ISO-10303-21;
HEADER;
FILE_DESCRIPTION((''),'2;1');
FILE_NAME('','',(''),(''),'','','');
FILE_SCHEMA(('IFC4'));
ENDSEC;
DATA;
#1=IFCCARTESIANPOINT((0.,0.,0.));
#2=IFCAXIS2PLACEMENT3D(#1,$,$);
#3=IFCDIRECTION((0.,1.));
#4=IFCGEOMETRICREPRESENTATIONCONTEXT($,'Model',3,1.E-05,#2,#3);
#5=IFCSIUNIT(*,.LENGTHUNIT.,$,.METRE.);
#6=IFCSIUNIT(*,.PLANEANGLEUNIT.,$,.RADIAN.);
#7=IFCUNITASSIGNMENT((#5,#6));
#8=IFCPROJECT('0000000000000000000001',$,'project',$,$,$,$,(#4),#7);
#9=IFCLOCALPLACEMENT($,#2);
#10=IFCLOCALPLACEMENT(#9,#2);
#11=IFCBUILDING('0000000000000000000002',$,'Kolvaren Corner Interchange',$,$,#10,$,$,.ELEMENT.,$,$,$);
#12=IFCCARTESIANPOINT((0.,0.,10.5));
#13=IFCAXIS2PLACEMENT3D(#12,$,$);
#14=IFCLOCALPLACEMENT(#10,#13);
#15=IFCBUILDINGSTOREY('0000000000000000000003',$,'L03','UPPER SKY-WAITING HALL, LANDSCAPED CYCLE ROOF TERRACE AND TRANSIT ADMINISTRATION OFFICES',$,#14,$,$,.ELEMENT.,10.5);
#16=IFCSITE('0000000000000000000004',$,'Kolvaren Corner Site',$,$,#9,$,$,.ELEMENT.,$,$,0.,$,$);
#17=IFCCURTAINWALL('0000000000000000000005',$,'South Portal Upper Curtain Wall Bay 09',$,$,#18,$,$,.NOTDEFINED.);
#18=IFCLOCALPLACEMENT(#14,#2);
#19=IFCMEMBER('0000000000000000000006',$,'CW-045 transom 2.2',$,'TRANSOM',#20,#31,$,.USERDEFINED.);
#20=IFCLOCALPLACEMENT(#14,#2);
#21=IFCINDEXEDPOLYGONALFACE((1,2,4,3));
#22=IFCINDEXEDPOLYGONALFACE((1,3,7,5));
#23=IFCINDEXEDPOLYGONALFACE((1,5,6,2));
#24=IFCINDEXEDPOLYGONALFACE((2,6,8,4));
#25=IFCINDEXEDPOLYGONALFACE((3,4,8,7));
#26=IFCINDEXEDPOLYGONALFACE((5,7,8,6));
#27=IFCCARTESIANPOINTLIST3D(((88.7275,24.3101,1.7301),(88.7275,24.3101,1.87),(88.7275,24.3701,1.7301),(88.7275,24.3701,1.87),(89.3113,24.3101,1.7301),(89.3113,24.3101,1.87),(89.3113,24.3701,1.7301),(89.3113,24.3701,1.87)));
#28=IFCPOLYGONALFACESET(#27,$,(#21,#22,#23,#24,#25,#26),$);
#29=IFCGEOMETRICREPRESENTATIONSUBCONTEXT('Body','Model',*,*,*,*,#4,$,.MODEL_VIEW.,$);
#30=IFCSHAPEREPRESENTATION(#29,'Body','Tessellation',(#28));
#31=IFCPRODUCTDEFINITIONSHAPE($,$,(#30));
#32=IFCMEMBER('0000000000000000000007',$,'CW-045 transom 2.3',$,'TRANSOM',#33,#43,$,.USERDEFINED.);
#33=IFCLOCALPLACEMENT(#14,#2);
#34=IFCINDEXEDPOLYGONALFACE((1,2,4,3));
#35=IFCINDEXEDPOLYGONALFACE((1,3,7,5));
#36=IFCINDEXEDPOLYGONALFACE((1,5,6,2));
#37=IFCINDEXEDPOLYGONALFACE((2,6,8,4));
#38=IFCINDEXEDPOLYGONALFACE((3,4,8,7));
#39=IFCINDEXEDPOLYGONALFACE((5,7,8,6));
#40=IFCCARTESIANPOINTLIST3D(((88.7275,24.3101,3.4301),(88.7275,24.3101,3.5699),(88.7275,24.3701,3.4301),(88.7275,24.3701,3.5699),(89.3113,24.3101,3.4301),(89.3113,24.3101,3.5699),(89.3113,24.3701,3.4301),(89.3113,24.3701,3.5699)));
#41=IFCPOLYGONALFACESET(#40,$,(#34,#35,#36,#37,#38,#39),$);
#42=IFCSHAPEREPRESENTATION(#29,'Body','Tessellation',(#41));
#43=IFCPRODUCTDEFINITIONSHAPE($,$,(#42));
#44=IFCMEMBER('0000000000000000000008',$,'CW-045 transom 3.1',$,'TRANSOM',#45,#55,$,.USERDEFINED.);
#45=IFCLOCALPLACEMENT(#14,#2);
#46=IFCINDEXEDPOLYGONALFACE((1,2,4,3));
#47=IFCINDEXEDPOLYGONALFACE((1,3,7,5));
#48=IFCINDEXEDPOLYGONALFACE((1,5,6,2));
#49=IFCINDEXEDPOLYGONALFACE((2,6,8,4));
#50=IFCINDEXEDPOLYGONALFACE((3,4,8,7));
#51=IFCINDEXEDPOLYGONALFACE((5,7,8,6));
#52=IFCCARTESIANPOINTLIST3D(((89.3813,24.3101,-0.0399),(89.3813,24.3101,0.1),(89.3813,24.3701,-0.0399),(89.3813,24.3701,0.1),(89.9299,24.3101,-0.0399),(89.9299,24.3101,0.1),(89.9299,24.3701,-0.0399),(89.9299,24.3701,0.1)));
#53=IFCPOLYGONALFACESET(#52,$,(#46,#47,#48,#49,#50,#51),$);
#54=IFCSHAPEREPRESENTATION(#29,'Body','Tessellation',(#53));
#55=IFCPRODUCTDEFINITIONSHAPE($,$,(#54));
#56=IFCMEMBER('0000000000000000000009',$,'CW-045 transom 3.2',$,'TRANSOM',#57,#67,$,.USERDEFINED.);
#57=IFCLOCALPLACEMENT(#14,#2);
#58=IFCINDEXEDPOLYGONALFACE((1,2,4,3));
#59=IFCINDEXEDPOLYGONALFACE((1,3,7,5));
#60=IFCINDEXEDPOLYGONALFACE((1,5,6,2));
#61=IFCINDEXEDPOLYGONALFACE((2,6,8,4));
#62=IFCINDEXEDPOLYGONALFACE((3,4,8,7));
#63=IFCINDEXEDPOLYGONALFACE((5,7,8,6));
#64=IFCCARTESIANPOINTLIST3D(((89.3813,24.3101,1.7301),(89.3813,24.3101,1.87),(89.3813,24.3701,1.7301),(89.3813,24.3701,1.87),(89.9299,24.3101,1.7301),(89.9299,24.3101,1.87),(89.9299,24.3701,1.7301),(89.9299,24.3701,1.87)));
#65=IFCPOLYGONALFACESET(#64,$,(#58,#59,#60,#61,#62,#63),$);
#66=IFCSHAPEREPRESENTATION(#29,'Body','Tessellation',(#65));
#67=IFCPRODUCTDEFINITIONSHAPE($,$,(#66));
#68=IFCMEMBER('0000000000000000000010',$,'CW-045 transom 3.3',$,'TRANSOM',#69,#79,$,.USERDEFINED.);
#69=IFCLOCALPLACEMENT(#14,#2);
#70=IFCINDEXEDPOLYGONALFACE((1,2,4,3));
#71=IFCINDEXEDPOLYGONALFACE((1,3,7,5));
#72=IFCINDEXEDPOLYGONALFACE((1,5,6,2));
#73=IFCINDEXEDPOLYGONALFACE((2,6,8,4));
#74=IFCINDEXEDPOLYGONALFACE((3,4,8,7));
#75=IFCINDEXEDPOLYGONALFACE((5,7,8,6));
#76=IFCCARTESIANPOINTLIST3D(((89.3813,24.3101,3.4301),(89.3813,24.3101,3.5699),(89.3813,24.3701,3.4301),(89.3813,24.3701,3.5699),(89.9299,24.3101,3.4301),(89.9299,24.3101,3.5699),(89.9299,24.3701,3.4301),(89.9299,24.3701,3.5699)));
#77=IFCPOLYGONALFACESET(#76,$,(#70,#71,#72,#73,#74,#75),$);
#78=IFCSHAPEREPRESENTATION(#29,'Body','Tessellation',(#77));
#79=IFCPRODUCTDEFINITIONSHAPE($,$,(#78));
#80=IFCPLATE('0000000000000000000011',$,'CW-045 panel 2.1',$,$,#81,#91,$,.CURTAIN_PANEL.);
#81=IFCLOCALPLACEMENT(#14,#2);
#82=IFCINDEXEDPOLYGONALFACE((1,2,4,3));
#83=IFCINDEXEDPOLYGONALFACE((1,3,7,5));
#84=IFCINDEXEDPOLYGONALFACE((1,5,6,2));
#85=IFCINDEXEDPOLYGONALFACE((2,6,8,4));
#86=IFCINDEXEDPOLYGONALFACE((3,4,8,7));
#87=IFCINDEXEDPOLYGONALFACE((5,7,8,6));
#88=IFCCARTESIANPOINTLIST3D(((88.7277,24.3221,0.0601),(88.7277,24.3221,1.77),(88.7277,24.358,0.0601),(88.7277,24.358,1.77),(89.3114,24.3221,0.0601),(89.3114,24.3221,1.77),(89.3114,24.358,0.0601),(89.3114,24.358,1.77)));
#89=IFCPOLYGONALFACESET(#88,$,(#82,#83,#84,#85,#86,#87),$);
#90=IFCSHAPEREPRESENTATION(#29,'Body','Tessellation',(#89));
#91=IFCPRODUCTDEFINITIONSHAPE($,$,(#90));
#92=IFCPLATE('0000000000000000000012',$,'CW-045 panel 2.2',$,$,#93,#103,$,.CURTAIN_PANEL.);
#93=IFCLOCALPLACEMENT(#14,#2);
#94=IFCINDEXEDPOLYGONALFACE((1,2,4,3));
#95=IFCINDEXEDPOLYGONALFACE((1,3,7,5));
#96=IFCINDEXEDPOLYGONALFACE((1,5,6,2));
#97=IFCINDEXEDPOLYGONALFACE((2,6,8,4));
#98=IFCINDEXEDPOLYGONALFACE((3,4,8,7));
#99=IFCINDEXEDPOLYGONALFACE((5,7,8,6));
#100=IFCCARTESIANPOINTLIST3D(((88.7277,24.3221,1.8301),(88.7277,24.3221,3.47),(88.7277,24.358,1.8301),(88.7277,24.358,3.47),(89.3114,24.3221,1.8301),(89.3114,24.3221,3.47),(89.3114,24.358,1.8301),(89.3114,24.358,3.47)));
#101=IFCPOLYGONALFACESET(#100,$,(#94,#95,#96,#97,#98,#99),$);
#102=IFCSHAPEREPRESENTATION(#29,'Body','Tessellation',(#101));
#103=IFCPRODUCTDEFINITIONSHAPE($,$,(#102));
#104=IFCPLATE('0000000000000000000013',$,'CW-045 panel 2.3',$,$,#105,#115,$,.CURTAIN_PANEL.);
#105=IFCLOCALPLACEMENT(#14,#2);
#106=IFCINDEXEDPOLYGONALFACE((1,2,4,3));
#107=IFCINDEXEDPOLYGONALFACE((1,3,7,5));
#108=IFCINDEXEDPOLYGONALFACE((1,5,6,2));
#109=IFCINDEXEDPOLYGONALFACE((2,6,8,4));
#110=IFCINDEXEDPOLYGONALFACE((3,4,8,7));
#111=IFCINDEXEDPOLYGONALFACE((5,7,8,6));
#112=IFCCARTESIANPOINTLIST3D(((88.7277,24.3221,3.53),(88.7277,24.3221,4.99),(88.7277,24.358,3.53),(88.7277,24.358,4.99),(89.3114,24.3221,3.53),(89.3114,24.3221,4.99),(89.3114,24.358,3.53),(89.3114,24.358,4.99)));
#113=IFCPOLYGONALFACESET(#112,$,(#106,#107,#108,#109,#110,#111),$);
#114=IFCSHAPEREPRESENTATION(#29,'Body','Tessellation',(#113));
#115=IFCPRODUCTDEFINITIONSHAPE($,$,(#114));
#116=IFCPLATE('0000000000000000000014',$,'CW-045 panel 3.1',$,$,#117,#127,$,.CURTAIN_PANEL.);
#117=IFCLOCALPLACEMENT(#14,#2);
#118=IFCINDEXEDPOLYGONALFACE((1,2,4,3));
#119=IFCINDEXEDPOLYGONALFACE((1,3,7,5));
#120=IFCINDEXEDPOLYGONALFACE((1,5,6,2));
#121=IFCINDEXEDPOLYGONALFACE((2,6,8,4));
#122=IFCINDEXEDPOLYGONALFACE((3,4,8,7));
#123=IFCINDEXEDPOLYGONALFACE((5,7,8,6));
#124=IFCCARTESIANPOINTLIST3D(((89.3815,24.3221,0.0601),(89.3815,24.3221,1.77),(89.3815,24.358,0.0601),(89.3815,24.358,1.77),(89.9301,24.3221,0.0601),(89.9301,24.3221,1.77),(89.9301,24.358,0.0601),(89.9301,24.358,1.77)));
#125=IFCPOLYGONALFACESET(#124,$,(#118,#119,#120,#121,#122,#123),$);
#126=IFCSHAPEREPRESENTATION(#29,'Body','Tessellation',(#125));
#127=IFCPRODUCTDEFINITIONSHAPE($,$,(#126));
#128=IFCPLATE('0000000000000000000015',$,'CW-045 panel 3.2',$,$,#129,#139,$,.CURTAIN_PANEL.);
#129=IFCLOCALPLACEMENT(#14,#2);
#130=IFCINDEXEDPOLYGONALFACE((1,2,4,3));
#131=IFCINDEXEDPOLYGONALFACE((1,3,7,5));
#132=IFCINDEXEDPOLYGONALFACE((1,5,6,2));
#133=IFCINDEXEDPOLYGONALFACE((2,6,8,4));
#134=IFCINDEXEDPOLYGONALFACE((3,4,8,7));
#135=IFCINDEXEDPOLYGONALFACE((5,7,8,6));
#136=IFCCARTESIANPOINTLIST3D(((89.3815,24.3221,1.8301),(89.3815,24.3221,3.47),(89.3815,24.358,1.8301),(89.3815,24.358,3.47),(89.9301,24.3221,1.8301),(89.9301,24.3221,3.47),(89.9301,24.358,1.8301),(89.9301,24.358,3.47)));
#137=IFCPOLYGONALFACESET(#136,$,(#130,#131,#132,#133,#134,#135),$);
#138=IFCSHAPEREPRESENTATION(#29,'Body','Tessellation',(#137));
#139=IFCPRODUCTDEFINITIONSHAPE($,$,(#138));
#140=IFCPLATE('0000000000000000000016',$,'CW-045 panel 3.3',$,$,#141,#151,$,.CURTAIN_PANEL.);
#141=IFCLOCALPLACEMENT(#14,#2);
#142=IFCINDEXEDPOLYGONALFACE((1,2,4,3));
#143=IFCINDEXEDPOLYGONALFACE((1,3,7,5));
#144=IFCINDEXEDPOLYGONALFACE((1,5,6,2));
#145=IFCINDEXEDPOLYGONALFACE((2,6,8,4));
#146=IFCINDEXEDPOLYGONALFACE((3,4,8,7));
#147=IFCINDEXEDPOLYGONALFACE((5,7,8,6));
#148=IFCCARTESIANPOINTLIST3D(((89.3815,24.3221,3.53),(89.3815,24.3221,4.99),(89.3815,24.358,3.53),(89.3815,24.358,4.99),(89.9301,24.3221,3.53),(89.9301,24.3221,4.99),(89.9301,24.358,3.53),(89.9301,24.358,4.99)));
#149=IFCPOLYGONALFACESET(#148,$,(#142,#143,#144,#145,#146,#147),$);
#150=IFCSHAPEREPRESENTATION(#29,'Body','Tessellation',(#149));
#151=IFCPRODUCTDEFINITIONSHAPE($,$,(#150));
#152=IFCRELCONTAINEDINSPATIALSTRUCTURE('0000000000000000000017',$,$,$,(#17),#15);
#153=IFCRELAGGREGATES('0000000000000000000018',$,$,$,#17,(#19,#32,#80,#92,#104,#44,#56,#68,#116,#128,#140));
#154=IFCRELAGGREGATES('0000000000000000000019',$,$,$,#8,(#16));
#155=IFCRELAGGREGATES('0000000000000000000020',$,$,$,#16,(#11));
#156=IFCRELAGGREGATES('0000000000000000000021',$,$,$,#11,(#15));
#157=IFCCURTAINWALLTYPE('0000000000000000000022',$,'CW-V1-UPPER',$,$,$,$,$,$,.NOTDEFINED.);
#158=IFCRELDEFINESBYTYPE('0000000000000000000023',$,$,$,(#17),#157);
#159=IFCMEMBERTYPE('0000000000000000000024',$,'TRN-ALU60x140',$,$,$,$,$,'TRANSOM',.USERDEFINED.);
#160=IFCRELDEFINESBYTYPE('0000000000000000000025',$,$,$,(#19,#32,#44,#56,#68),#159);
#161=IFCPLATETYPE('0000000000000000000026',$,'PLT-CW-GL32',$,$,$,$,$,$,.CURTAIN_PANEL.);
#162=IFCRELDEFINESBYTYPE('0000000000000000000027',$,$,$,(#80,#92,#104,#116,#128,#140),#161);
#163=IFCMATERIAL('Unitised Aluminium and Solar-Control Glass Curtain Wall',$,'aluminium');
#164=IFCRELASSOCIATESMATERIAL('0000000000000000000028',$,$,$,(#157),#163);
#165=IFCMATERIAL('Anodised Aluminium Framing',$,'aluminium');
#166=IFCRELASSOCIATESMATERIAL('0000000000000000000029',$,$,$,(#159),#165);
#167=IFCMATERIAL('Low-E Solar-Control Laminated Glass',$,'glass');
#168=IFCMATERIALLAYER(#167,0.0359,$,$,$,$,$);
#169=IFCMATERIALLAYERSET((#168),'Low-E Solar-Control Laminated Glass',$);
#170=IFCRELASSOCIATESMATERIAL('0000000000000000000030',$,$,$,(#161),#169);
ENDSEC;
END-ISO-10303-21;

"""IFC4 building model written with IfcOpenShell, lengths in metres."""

from ifc_helpers import new_model, si_unit, direction, frame, origin, origin_2d, place, context, subcontext, project, spatial, rectangle, extrude, material, layer, layer_set, material_profile, profile_set, type_object, element, aggregate, save


model = new_model("IFC4")

# Units and contexts
model_context = context("Model", 3, precision=1e-05, world=origin(), true_north=direction((0.0, 1.0)))
body_context = subcontext(model_context, "Body", "Model", "MODEL_VIEW")
ifc_project = project(units=[si_unit("LENGTHUNIT", "METRE"), si_unit("PLANEANGLEUNIT", "RADIAN")], contexts=[model_context])

# Site, building, storey
site_placement = place(None, origin())
site = spatial("IfcSite", under=ifc_project, at=site_placement, Name="Kolvaren Corner Site", CompositionType="ELEMENT", RefElevation=0.0)
building_placement = place(site_placement, origin())
building = spatial("IfcBuilding", under=site, at=building_placement, Name="Kolvaren Corner Interchange", CompositionType="ELEMENT")
storey_placement = place(building_placement, frame((0.0, 0.0, 10.5)))
storey = spatial("IfcBuildingStorey", under=building, at=storey_placement, Name="L03", Description="UPPER SKY-WAITING HALL, LANDSCAPED CYCLE ROOF TERRACE AND TRANSIT ADMINISTRATION OFFICES", CompositionType="ELEMENT", Elevation=10.5)

# Curtain wall, members, plates
ifc_material_1 = material(Name="Unitised Aluminium and Solar-Control Glass Curtain Wall", Category="aluminium")
curtain_wall_type = type_object("IfcCurtainWallType", Name="CW-V1-UPPER", PredefinedType="NOTDEFINED", material=ifc_material_1)
curtain_wall_placement = place(storey_placement, origin())
curtain_wall = element("IfcCurtainWall", 1, at=curtain_wall_placement, inside=storey, type_object=curtain_wall_type, Name="South Portal Upper Curtain Wall Bay 09", PredefinedType="NOTDEFINED")
ifc_material_2 = material(Name="Anodised Aluminium Framing", Category="aluminium")
ifc_material_profile_1 = material_profile(ifc_material_2, rectangle(XDim=0.0601, YDim=0.1399, at=origin_2d()), Name="ALU 60x140")
ifc_profile_set_1 = profile_set([ifc_material_profile_1], Name="Anodised Aluminium Framing")
member_type_1 = type_object("IfcMemberType", Name="TRN-ALU60x140", ElementType="TRANSOM", PredefinedType="USERDEFINED", material=ifc_profile_set_1)
member_1_placement = place(storey_placement, frame((88.7275, 24.3401, 1.8), z_axis=(1.0, 0.0, 0.0), x_axis=(0.0, 1.0, 0.0)))
member_1 = element("IfcMember", 2, at=member_1_placement, type_object=member_type_1, Name="CW-045 transom 2.2", ObjectType="TRANSOM", PredefinedType="USERDEFINED", context=body_context, shape_type="SweptSolid", body=[
    extrude(rectangle(XDim=0.0601, YDim=0.1399, at=origin_2d()), origin(), (0.0, 0.0, 1.0), 0.5837),
])
member_2_placement = place(storey_placement, frame((88.7275, 24.3401, 3.5), z_axis=(1.0, 0.0, 0.0), x_axis=(0.0, 1.0, 0.0)))
member_2 = element("IfcMember", 3, at=member_2_placement, type_object=member_type_1, Name="CW-045 transom 2.3", ObjectType="TRANSOM", PredefinedType="USERDEFINED", context=body_context, shape_type="SweptSolid", body=[
    extrude(rectangle(XDim=0.0601, YDim=0.1399, at=origin_2d()), origin(), (0.0, 0.0, 1.0), 0.5837),
])
member_3_placement = place(storey_placement, frame((89.3813, 24.3401, 0.03), z_axis=(1.0, 0.0, 0.0), x_axis=(0.0, 1.0, 0.0)))
member_3 = element("IfcMember", 4, at=member_3_placement, type_object=member_type_1, Name="CW-045 transom 3.1", ObjectType="TRANSOM", PredefinedType="USERDEFINED", context=body_context, shape_type="SweptSolid", body=[
    extrude(rectangle(XDim=0.0601, YDim=0.1399, at=origin_2d()), origin(), (0.0, 0.0, 1.0), 0.5486),
])
member_4_placement = place(storey_placement, frame((89.3813, 24.3401, 1.8), z_axis=(1.0, 0.0, 0.0), x_axis=(0.0, 1.0, 0.0)))
member_4 = element("IfcMember", 5, at=member_4_placement, type_object=member_type_1, Name="CW-045 transom 3.2", ObjectType="TRANSOM", PredefinedType="USERDEFINED", context=body_context, shape_type="SweptSolid", body=[
    extrude(rectangle(XDim=0.0601, YDim=0.1399, at=origin_2d()), origin(), (0.0, 0.0, 1.0), 0.5486),
])
member_5_placement = place(storey_placement, frame((89.3813, 24.3401, 3.5), z_axis=(1.0, 0.0, 0.0), x_axis=(0.0, 1.0, 0.0)))
member_5 = element("IfcMember", 6, at=member_5_placement, type_object=member_type_1, Name="CW-045 transom 3.3", ObjectType="TRANSOM", PredefinedType="USERDEFINED", context=body_context, shape_type="SweptSolid", body=[
    extrude(rectangle(XDim=0.0601, YDim=0.1399, at=origin_2d()), origin(), (0.0, 0.0, 1.0), 0.5486),
])
ifc_material_3 = material(Name="Low-E Solar-Control Laminated Glass", Category="glass")
ifc_layer = layer(ifc_material_3, 0.0359)
ifc_layer_set = layer_set([ifc_layer], Name="Low-E Solar-Control Laminated Glass")
plate_type = type_object("IfcPlateType", Name="PLT-CW-GL32", PredefinedType="CURTAIN_PANEL", material=ifc_layer_set)
plate_1_placement = place(storey_placement, frame((89.0195, 24.3401, 0.0601), z_axis=(0.0, 0.0, 1.0), x_axis=(1.0, 0.0, 0.0)))
plate_1 = element("IfcPlate", 7, at=plate_1_placement, type_object=plate_type, Name="CW-045 panel 2.1", PredefinedType="CURTAIN_PANEL", context=body_context, shape_type="SweptSolid", body=[
    extrude(rectangle(XDim=0.5837, YDim=0.0359, at=origin_2d()), origin(), (0.0, 0.0, 1.0), 1.71),
])
plate_2_placement = place(storey_placement, frame((89.0195, 24.3401, 1.8301), z_axis=(0.0, 0.0, 1.0), x_axis=(1.0, 0.0, 0.0)))
plate_2 = element("IfcPlate", 8, at=plate_2_placement, type_object=plate_type, Name="CW-045 panel 2.2", PredefinedType="CURTAIN_PANEL", context=body_context, shape_type="SweptSolid", body=[
    extrude(rectangle(XDim=0.5837, YDim=0.0359, at=origin_2d()), origin(), (0.0, 0.0, 1.0), 1.6399),
])
plate_3_placement = place(storey_placement, frame((89.0195, 24.3401, 3.53), z_axis=(0.0, 0.0, 1.0), x_axis=(1.0, 0.0, 0.0)))
plate_3 = element("IfcPlate", 9, at=plate_3_placement, type_object=plate_type, Name="CW-045 panel 2.3", PredefinedType="CURTAIN_PANEL", context=body_context, shape_type="SweptSolid", body=[
    extrude(rectangle(XDim=0.5837, YDim=0.0359, at=origin_2d()), origin(), (0.0, 0.0, 1.0), 1.46),
])
plate_4_placement = place(storey_placement, frame((89.6558, 24.3401, 0.0601), z_axis=(0.0, 0.0, 1.0), x_axis=(1.0, 0.0, 0.0)))
plate_4 = element("IfcPlate", 10, at=plate_4_placement, type_object=plate_type, Name="CW-045 panel 3.1", PredefinedType="CURTAIN_PANEL", context=body_context, shape_type="SweptSolid", body=[
    extrude(rectangle(XDim=0.5486, YDim=0.0359, at=origin_2d()), origin(), (0.0, 0.0, 1.0), 1.71),
])
plate_5_placement = place(storey_placement, frame((89.6558, 24.3401, 1.8301), z_axis=(0.0, 0.0, 1.0), x_axis=(1.0, 0.0, 0.0)))
plate_5 = element("IfcPlate", 11, at=plate_5_placement, type_object=plate_type, Name="CW-045 panel 3.2", PredefinedType="CURTAIN_PANEL", context=body_context, shape_type="SweptSolid", body=[
    extrude(rectangle(XDim=0.5486, YDim=0.0359, at=origin_2d()), origin(), (0.0, 0.0, 1.0), 1.6399),
])
plate_6_placement = place(storey_placement, frame((89.6558, 24.3401, 3.53), z_axis=(0.0, 0.0, 1.0), x_axis=(1.0, 0.0, 0.0)))
plate_6 = element("IfcPlate", 12, at=plate_6_placement, type_object=plate_type, Name="CW-045 panel 3.3", PredefinedType="CURTAIN_PANEL", context=body_context, shape_type="SweptSolid", body=[
    extrude(rectangle(XDim=0.5486, YDim=0.0359, at=origin_2d()), origin(), (0.0, 0.0, 1.0), 1.46),
])
aggregate(curtain_wall, [member_1, member_2, plate_1, plate_2, plate_3, member_3, member_4, member_5, plate_4, plate_5, plate_6])

save(model, "model.ifc")
